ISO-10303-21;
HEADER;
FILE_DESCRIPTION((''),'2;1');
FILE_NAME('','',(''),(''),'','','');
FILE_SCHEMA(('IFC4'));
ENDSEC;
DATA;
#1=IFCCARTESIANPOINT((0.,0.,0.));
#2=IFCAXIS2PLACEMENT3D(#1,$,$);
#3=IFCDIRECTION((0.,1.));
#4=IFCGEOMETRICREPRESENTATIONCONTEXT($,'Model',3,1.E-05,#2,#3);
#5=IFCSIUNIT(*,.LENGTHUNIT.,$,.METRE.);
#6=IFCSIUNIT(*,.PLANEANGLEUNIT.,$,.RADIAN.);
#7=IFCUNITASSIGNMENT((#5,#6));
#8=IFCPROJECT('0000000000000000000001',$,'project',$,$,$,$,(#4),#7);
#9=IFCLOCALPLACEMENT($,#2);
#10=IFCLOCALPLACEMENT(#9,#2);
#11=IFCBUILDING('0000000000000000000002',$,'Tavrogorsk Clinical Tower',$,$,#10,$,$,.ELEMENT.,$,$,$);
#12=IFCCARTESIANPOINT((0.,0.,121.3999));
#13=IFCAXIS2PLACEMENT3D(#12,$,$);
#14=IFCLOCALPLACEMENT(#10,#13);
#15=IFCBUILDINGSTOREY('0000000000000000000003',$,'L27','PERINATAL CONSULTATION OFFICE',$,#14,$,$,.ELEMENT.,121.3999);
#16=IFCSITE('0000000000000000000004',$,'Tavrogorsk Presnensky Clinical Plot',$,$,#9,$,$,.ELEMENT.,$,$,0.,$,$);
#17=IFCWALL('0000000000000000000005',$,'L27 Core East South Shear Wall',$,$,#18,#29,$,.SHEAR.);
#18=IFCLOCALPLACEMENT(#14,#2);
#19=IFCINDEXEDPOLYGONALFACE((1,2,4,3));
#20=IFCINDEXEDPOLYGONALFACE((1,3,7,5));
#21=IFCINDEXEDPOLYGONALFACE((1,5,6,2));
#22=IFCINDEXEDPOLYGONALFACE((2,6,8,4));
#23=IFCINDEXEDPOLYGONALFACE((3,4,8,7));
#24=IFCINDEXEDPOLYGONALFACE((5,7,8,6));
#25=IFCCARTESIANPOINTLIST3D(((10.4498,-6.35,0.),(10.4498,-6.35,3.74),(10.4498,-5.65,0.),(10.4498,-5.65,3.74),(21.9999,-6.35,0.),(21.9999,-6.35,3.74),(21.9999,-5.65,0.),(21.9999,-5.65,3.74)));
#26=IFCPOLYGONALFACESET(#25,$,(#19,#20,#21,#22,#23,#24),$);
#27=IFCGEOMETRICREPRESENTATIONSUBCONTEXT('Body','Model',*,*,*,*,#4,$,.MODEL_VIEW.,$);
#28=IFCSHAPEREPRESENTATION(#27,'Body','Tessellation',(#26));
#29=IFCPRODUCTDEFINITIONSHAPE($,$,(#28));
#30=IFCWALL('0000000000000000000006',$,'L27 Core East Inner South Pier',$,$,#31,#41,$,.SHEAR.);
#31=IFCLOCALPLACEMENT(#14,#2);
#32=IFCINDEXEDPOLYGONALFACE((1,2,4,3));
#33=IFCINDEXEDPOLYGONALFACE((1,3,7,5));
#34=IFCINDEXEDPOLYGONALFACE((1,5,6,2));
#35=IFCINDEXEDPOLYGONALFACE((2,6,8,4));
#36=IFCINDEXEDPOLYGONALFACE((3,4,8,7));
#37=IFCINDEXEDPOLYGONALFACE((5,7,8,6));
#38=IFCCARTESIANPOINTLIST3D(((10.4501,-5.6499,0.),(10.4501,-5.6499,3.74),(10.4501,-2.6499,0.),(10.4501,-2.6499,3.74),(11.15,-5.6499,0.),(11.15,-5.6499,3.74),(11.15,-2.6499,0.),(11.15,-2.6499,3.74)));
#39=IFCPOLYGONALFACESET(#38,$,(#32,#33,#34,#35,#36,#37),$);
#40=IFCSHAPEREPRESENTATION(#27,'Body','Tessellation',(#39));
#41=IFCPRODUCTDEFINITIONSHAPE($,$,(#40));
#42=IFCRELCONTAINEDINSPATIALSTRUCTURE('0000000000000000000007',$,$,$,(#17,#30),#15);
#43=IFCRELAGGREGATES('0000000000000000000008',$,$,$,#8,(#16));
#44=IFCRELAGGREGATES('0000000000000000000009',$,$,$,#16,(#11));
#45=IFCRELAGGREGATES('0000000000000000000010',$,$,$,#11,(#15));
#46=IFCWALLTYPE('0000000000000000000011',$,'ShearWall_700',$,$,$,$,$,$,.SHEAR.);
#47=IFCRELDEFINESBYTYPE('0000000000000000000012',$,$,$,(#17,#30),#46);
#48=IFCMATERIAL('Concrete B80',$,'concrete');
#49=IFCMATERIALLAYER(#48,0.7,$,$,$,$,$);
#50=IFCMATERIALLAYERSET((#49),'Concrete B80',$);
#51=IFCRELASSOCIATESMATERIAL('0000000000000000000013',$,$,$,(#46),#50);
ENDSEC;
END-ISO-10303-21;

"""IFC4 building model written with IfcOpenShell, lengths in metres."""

from ifc_helpers import new_model, si_unit, direction, frame, frame_2d, origin, place, context, subcontext, project, spatial, rectangle, extrude, material, layer, layer_set, type_object, element, save


model = new_model("IFC4")

# Units and contexts
model_context = context("Model", 3, precision=1e-05, world=origin(), true_north=direction((0.0, 1.0)))
body_context = subcontext(model_context, "Body", "Model", "MODEL_VIEW")
ifc_project = project(units=[si_unit("LENGTHUNIT", "METRE"), si_unit("PLANEANGLEUNIT", "RADIAN")], contexts=[model_context])

# Site, building, storey
site_placement = place(None, origin())
site = spatial("IfcSite", under=ifc_project, at=site_placement, Name="Tavrogorsk Presnensky Clinical Plot", CompositionType="ELEMENT", RefElevation=0.0)
building_placement = place(site_placement, origin())
building = spatial("IfcBuilding", under=site, at=building_placement, Name="Tavrogorsk Clinical Tower", CompositionType="ELEMENT")
storey_placement = place(building_placement, frame((0.0, 0.0, 121.3999)))
storey = spatial("IfcBuildingStorey", under=building, at=storey_placement, Name="L27", Description="PERINATAL CONSULTATION OFFICE", CompositionType="ELEMENT", Elevation=121.3999)

# Walls
ifc_material_1 = material(Name="Concrete B80", Category="concrete")
ifc_layer_1 = layer(ifc_material_1, 0.7)
ifc_layer_set_1 = layer_set([ifc_layer_1], Name="Concrete B80")
wall_type_1 = type_object("IfcWallType", Name="ShearWall_700", PredefinedType="SHEAR", material=ifc_layer_set_1)
wall_1_placement = place(storey_placement, frame((10.45, -6.0, 0.0), z_axis=(0.0, 0.0, 1.0), x_axis=(1.0, 0.0, 0.0)))
element("IfcWall", 1, at=wall_1_placement, inside=storey, type_object=wall_type_1, Name="L27 Core East South Shear Wall", PredefinedType="SHEAR", context=body_context, shape_type="SweptSolid", body=[
    extrude(rectangle(XDim=11.55, YDim=0.7, at=frame_2d((5.7749, 0.0))), origin(), (0.0, 0.0, 1.0), 3.74),
])
wall_2_placement = place(storey_placement, frame((10.8, -5.6499, 0.0), z_axis=(0.0, 0.0, 1.0), x_axis=(0.0, 1.0, 0.0)))
element("IfcWall", 2, at=wall_2_placement, inside=storey, type_object=wall_type_1, Name="L27 Core East Inner South Pier", PredefinedType="SHEAR", context=body_context, shape_type="SweptSolid", body=[
    extrude(rectangle(XDim=3.0, YDim=0.7, at=frame_2d((1.5, 0.0))), origin(), (0.0, 0.0, 1.0), 3.74),
])

save(model, "model.ifc")
